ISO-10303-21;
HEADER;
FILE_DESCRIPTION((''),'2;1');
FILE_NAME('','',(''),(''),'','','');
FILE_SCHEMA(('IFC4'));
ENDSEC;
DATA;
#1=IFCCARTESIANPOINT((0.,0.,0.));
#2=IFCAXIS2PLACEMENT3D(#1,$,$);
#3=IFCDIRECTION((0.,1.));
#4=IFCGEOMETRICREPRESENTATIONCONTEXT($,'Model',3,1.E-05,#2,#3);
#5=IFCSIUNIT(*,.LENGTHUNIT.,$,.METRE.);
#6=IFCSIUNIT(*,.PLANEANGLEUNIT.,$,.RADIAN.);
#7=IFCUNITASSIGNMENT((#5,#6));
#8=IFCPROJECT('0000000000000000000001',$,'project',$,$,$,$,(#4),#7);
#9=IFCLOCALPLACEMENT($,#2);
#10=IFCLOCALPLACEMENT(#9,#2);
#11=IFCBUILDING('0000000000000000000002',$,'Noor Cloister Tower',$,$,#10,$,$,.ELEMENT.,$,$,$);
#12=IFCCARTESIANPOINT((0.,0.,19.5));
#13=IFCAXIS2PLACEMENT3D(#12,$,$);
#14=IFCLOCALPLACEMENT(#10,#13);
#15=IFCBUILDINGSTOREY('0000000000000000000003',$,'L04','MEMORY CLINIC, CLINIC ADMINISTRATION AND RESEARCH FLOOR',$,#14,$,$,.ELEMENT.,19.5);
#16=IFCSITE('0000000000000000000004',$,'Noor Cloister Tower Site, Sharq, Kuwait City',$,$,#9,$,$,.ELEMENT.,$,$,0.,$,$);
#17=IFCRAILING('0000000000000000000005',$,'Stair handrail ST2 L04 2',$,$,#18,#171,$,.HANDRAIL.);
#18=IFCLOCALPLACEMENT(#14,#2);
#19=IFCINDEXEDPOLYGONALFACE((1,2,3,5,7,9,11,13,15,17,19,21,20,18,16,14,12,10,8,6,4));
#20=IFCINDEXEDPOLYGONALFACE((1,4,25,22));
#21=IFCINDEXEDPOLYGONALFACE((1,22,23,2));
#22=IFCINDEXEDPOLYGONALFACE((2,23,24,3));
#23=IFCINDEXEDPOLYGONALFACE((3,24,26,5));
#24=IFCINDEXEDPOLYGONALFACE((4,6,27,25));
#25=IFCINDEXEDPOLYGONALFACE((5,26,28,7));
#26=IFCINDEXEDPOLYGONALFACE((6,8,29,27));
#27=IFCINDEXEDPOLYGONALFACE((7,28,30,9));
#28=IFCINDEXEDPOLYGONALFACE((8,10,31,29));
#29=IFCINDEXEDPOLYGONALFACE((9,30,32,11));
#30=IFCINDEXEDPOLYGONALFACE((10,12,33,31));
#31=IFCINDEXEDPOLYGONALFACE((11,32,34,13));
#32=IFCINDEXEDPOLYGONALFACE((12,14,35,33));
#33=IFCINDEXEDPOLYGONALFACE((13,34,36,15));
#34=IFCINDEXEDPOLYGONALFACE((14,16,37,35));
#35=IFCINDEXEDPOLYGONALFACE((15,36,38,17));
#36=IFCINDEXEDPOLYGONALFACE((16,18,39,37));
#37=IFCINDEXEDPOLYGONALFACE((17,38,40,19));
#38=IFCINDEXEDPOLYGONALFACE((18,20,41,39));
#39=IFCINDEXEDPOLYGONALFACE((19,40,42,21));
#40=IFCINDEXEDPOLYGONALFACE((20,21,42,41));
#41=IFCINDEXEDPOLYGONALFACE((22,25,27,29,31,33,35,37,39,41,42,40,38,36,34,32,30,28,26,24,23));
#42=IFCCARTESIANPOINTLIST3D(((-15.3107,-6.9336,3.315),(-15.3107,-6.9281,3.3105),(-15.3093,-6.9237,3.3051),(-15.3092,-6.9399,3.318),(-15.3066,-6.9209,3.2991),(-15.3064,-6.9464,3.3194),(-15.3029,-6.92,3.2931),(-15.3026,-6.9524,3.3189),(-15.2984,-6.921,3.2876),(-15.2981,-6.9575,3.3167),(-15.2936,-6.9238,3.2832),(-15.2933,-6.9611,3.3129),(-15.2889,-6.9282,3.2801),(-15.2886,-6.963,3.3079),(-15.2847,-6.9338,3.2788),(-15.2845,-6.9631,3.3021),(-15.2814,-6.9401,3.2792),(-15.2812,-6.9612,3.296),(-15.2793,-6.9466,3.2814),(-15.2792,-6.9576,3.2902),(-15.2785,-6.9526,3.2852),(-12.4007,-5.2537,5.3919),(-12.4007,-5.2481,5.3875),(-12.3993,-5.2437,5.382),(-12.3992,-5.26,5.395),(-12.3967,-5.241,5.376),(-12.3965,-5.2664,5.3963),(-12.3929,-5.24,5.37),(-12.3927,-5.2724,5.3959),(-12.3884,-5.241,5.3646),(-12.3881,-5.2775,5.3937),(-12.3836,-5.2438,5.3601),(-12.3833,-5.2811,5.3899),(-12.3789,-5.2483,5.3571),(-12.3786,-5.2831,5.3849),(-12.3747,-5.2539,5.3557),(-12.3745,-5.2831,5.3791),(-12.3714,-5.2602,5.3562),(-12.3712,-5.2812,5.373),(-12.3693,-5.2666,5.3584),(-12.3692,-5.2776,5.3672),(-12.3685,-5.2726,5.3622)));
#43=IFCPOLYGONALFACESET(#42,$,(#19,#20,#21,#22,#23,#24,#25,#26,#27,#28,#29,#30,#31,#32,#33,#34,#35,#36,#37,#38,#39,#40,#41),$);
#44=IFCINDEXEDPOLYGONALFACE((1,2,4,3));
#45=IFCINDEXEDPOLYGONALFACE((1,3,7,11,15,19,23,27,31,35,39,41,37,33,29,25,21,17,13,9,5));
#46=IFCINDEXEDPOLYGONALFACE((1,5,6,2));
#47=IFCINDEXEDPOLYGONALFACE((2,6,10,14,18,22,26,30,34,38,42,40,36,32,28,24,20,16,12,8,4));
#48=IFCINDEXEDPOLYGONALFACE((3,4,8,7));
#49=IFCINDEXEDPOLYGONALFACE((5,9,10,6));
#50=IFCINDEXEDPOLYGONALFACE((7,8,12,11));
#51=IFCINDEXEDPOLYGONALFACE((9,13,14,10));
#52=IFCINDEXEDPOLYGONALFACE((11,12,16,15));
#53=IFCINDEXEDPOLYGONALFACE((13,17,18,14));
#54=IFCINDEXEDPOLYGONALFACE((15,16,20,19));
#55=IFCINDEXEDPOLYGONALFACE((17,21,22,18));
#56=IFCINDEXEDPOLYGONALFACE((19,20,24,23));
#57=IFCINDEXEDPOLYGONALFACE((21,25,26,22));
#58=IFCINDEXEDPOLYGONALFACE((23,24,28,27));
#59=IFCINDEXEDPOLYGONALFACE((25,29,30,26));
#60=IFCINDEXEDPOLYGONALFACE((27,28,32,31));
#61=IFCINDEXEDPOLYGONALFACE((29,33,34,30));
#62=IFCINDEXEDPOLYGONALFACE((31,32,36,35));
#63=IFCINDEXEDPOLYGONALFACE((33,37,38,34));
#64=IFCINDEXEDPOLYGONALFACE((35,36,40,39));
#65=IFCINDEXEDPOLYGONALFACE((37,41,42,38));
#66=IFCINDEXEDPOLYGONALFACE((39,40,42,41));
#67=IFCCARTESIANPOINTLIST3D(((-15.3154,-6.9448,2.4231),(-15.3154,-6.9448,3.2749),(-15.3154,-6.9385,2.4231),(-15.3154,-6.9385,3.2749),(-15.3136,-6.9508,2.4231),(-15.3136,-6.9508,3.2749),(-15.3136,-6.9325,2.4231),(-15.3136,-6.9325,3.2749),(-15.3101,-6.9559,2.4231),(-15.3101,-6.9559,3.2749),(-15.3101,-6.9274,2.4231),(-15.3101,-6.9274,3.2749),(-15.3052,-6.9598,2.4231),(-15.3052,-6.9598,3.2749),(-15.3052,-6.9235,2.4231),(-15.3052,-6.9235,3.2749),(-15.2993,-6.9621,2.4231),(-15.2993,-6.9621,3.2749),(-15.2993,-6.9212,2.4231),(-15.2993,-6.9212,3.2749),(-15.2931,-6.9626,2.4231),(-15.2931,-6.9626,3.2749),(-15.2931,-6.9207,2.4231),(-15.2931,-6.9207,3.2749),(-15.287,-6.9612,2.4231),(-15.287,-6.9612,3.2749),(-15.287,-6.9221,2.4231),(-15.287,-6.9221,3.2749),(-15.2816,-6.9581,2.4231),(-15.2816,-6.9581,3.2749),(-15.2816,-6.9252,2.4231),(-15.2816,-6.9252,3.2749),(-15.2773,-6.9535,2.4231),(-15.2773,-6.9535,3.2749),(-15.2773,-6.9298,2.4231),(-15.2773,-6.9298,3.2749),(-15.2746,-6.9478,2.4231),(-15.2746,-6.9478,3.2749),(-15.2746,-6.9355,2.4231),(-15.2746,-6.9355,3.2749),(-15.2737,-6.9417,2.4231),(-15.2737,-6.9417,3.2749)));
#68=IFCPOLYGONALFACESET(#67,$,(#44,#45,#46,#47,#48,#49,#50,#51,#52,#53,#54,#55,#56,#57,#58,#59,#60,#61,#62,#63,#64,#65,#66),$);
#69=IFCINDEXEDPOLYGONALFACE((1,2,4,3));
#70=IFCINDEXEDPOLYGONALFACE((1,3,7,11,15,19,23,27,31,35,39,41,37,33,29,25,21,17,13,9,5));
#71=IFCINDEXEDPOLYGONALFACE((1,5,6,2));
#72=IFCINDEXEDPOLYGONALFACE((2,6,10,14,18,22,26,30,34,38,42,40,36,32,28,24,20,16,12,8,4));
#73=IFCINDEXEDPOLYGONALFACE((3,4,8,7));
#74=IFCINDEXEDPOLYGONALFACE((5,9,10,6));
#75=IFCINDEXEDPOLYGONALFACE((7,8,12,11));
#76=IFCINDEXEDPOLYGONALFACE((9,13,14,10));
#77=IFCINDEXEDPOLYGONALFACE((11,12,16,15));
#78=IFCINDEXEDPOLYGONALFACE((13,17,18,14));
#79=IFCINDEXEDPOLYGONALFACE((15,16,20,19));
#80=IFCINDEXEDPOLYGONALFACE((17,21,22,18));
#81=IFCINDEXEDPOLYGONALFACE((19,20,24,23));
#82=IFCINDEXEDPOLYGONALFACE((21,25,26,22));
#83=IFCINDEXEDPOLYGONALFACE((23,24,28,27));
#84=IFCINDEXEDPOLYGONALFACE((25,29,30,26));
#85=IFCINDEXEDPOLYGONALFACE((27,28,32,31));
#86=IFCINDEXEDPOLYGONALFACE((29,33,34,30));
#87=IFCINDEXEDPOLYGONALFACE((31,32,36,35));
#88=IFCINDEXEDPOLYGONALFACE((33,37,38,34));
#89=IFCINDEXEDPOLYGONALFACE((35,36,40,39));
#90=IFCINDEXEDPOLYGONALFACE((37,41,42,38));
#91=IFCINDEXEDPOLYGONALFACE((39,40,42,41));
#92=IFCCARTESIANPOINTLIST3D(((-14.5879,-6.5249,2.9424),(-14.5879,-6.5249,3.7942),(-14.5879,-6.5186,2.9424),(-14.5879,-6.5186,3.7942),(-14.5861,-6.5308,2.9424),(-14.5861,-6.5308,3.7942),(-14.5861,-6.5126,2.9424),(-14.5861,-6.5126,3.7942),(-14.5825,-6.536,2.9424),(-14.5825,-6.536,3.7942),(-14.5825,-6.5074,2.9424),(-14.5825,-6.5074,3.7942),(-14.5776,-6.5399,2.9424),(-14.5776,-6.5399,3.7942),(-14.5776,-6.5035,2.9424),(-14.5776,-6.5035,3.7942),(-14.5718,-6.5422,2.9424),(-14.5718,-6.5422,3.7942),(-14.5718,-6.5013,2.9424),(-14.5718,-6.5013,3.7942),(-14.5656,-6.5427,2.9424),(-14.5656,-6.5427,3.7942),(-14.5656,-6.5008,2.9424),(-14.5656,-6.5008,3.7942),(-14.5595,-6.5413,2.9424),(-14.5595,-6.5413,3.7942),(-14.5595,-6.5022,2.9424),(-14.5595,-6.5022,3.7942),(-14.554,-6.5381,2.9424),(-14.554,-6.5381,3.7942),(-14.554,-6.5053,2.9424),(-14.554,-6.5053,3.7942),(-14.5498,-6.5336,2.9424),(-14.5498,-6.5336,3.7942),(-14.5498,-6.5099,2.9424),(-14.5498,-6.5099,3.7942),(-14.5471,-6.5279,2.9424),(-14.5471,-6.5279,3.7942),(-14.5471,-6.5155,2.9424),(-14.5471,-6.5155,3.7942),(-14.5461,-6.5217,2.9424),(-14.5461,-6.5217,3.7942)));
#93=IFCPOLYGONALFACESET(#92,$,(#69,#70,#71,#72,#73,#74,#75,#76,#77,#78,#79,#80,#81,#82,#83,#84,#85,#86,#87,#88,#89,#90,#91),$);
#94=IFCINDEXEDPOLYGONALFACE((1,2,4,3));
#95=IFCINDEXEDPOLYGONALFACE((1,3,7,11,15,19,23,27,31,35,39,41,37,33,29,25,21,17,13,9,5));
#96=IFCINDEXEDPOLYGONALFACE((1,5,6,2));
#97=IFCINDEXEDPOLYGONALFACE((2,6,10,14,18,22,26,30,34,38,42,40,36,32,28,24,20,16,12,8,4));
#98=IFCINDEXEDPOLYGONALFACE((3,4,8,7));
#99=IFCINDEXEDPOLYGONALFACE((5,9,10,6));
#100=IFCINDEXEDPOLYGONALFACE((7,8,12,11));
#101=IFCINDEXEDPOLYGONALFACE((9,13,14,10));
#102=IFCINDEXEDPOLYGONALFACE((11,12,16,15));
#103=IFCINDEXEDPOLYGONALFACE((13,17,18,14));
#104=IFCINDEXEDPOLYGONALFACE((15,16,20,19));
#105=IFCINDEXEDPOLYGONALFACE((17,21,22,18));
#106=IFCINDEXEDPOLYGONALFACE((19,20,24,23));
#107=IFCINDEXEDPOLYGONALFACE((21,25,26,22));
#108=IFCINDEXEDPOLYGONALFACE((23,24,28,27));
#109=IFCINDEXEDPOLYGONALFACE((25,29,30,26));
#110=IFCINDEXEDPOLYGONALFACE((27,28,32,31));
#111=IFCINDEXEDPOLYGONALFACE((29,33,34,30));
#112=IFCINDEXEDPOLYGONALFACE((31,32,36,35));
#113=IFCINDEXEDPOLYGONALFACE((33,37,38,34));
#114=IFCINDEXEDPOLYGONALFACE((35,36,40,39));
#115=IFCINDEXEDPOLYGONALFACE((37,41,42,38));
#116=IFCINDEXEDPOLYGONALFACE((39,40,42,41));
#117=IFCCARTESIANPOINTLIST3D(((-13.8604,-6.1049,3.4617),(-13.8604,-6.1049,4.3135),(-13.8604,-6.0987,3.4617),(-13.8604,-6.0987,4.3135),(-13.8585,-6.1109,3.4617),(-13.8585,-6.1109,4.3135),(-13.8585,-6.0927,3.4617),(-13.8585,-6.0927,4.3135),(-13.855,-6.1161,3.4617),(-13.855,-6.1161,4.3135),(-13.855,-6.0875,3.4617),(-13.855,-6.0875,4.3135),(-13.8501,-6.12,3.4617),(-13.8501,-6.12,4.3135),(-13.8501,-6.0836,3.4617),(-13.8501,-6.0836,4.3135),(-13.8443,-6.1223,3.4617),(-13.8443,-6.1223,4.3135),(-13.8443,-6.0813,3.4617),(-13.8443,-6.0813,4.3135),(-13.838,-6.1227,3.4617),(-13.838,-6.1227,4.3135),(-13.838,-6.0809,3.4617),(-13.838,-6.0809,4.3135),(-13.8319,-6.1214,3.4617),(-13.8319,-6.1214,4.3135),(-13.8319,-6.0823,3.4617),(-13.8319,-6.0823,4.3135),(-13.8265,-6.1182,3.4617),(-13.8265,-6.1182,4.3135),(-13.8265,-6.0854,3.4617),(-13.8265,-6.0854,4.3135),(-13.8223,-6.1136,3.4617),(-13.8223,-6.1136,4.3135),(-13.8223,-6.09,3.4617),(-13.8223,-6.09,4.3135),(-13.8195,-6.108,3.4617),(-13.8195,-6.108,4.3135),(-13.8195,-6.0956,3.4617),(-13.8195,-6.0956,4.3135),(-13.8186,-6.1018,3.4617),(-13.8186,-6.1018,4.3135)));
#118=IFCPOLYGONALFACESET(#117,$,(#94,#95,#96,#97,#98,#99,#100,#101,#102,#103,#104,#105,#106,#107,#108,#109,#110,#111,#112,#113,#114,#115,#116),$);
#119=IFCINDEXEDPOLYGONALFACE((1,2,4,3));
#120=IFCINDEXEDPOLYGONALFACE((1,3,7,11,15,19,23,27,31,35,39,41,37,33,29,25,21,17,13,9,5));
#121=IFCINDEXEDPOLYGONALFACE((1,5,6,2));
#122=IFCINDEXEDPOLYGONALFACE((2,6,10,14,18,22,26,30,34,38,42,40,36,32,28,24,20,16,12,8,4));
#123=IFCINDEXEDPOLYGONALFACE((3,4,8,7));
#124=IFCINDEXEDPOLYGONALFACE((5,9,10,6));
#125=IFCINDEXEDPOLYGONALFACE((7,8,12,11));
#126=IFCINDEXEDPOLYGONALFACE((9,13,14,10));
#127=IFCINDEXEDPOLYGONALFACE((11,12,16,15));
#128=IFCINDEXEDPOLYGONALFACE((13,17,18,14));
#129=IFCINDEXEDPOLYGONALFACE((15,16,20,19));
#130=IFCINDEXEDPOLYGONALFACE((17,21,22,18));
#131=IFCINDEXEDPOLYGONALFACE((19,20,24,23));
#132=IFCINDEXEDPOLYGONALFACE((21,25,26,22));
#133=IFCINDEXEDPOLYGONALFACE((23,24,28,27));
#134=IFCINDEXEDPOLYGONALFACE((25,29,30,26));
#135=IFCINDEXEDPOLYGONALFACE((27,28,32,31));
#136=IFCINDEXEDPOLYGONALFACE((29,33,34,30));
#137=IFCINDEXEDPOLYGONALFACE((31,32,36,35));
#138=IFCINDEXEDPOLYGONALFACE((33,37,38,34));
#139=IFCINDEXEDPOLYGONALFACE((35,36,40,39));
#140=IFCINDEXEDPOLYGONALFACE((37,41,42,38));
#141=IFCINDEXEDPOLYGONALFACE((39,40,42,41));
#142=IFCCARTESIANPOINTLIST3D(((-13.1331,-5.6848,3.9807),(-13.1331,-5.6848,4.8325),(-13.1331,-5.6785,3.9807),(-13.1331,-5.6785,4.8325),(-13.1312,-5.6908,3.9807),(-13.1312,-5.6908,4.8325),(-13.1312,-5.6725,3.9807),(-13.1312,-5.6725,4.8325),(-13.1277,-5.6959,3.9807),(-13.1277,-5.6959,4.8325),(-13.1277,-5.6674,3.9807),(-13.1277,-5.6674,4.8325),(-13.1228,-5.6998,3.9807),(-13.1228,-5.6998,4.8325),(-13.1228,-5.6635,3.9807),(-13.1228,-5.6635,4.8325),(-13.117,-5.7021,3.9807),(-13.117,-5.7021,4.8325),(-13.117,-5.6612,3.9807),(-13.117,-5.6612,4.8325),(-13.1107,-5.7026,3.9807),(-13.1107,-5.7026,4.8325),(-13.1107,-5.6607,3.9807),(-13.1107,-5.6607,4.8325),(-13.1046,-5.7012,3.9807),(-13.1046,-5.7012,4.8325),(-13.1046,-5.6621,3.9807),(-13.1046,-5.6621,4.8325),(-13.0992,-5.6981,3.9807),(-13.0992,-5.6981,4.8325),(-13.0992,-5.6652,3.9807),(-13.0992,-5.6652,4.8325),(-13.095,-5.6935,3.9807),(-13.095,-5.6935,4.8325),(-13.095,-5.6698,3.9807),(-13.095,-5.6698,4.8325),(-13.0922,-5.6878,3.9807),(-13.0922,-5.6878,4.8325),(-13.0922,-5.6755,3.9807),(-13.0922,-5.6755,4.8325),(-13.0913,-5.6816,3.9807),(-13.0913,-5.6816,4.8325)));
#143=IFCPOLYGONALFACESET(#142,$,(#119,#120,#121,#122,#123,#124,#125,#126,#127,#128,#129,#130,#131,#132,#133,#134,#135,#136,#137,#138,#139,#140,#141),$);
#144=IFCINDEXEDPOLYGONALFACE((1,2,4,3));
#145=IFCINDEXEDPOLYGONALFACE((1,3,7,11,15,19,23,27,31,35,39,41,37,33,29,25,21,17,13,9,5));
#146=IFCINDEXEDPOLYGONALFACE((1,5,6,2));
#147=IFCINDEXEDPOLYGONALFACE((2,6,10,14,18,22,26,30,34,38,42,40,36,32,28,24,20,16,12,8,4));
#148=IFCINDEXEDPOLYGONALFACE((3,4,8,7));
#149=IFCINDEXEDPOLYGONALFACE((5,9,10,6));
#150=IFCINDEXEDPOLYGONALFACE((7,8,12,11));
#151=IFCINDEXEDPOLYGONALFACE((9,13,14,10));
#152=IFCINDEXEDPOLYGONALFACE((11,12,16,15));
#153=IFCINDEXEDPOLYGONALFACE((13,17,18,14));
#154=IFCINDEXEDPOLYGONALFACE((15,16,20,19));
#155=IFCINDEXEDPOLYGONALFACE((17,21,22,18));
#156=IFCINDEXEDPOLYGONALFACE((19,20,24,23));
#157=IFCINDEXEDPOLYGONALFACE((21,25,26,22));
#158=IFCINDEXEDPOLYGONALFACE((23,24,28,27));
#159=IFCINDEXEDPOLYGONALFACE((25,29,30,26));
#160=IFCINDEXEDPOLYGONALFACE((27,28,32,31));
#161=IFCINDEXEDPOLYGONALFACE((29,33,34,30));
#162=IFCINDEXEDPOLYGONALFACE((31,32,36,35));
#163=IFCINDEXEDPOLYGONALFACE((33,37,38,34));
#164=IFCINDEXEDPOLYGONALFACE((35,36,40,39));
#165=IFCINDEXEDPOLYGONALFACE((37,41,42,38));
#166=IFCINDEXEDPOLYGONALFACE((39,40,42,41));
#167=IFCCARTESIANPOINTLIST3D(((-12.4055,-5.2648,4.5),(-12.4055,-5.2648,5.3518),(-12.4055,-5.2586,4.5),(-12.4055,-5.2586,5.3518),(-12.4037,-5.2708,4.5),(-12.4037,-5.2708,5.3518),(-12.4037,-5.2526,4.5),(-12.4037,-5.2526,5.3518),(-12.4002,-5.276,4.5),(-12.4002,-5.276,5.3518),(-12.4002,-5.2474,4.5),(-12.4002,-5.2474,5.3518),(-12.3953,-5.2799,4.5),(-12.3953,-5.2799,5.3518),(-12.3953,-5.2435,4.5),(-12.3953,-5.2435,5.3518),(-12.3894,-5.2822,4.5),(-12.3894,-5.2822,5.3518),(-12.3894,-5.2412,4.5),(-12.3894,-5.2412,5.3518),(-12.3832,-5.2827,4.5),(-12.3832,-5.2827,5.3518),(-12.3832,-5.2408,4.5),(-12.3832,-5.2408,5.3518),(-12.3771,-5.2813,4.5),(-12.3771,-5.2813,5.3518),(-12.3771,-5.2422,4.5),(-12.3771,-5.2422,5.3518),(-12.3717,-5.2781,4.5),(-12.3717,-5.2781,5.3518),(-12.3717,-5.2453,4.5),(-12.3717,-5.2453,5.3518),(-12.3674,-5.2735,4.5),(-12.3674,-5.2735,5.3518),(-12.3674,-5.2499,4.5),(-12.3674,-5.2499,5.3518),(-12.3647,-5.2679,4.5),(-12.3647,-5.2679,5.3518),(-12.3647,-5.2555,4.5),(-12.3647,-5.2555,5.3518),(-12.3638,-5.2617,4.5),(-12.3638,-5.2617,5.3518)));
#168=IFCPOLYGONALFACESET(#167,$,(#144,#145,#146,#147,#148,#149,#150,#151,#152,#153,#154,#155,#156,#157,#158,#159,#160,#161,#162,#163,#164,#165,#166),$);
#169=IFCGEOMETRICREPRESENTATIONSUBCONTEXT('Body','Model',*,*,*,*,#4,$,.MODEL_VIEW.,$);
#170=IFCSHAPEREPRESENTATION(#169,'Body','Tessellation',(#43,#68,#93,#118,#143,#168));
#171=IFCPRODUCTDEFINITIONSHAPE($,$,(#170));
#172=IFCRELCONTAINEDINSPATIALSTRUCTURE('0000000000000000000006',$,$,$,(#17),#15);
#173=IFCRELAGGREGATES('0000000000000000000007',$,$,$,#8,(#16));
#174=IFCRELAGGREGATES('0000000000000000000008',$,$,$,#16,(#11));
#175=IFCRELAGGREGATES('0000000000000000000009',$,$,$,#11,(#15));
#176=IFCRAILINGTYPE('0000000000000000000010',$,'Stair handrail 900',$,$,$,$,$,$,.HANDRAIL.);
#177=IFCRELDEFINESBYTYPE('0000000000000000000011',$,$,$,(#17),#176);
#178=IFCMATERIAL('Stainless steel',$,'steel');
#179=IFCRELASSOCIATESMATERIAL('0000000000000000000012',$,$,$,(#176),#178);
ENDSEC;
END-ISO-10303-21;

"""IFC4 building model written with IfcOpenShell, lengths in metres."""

from ifc_helpers import new_model, si_unit, direction, frame, origin, origin_2d, place, context, subcontext, project, spatial, circle, extrude, material, type_object, element, save


model = new_model("IFC4")

# Units and contexts
model_context = context("Model", 3, precision=1e-05, world=origin(), true_north=direction((0.0, 1.0)))
body_context = subcontext(model_context, "Body", "Model", "MODEL_VIEW")
ifc_project = project(units=[si_unit("LENGTHUNIT", "METRE"), si_unit("PLANEANGLEUNIT", "RADIAN")], contexts=[model_context])

# Site, building, storey
site_placement = place(None, origin())
site = spatial("IfcSite", under=ifc_project, at=site_placement, Name="Noor Cloister Tower Site, Sharq, Kuwait City", CompositionType="ELEMENT", RefElevation=0.0)
building_placement = place(site_placement, origin())
building = spatial("IfcBuilding", under=site, at=building_placement, Name="Noor Cloister Tower", CompositionType="ELEMENT")
storey_placement = place(building_placement, frame((0.0, 0.0, 19.5)))
storey = spatial("IfcBuildingStorey", under=building, at=storey_placement, Name="L04", Description="MEMORY CLINIC, CLINIC ADMINISTRATION AND RESEARCH FLOOR", CompositionType="ELEMENT", Elevation=19.5)

# Railing
ifc_material_1 = material(Name="Stainless steel", Category="steel")
railing_type = type_object("IfcRailingType", Name="Stair handrail 900", PredefinedType="HANDRAIL", material=ifc_material_1)
railing_1_placement = place(storey_placement, frame((-15.2947, -6.9417, 2.4231)))
element("IfcRailing", 1, at=railing_1_placement, inside=storey, type_object=railing_type, Name="Stair handrail ST2 L04 2", PredefinedType="HANDRAIL", context=body_context, shape_type="SweptSolid", body=[
    extrude(circle(Radius=0.0239, at=origin_2d()), frame((0.0, 0.0, 0.876), z_axis=(0.736668, 0.425288, 0.525785), x_axis=(-0.499976, 0.866039, 0.0)), (0.0, 0.0, 1.0), 3.9502),
    extrude(circle(Radius=0.021, at=origin_2d()), origin(), (0.0, 0.0, 1.0), 0.8518),
    extrude(circle(Radius=0.021, at=origin_2d()), frame((0.7275, 0.4199, 0.5193)), (0.0, 0.0, 1.0), 0.8518),
    extrude(circle(Radius=0.021, at=origin_2d()), frame((1.4551, 0.8398, 1.0386)), (0.0, 0.0, 1.0), 0.8518),
    extrude(circle(Radius=0.021, at=origin_2d()), frame((2.1824, 1.26, 1.5576)), (0.0, 0.0, 1.0), 0.8518),
    extrude(circle(Radius=0.021, at=origin_2d()), frame((2.9099, 1.6799, 2.0769)), (0.0, 0.0, 1.0), 0.8518),
])

save(model, "model.ifc")
